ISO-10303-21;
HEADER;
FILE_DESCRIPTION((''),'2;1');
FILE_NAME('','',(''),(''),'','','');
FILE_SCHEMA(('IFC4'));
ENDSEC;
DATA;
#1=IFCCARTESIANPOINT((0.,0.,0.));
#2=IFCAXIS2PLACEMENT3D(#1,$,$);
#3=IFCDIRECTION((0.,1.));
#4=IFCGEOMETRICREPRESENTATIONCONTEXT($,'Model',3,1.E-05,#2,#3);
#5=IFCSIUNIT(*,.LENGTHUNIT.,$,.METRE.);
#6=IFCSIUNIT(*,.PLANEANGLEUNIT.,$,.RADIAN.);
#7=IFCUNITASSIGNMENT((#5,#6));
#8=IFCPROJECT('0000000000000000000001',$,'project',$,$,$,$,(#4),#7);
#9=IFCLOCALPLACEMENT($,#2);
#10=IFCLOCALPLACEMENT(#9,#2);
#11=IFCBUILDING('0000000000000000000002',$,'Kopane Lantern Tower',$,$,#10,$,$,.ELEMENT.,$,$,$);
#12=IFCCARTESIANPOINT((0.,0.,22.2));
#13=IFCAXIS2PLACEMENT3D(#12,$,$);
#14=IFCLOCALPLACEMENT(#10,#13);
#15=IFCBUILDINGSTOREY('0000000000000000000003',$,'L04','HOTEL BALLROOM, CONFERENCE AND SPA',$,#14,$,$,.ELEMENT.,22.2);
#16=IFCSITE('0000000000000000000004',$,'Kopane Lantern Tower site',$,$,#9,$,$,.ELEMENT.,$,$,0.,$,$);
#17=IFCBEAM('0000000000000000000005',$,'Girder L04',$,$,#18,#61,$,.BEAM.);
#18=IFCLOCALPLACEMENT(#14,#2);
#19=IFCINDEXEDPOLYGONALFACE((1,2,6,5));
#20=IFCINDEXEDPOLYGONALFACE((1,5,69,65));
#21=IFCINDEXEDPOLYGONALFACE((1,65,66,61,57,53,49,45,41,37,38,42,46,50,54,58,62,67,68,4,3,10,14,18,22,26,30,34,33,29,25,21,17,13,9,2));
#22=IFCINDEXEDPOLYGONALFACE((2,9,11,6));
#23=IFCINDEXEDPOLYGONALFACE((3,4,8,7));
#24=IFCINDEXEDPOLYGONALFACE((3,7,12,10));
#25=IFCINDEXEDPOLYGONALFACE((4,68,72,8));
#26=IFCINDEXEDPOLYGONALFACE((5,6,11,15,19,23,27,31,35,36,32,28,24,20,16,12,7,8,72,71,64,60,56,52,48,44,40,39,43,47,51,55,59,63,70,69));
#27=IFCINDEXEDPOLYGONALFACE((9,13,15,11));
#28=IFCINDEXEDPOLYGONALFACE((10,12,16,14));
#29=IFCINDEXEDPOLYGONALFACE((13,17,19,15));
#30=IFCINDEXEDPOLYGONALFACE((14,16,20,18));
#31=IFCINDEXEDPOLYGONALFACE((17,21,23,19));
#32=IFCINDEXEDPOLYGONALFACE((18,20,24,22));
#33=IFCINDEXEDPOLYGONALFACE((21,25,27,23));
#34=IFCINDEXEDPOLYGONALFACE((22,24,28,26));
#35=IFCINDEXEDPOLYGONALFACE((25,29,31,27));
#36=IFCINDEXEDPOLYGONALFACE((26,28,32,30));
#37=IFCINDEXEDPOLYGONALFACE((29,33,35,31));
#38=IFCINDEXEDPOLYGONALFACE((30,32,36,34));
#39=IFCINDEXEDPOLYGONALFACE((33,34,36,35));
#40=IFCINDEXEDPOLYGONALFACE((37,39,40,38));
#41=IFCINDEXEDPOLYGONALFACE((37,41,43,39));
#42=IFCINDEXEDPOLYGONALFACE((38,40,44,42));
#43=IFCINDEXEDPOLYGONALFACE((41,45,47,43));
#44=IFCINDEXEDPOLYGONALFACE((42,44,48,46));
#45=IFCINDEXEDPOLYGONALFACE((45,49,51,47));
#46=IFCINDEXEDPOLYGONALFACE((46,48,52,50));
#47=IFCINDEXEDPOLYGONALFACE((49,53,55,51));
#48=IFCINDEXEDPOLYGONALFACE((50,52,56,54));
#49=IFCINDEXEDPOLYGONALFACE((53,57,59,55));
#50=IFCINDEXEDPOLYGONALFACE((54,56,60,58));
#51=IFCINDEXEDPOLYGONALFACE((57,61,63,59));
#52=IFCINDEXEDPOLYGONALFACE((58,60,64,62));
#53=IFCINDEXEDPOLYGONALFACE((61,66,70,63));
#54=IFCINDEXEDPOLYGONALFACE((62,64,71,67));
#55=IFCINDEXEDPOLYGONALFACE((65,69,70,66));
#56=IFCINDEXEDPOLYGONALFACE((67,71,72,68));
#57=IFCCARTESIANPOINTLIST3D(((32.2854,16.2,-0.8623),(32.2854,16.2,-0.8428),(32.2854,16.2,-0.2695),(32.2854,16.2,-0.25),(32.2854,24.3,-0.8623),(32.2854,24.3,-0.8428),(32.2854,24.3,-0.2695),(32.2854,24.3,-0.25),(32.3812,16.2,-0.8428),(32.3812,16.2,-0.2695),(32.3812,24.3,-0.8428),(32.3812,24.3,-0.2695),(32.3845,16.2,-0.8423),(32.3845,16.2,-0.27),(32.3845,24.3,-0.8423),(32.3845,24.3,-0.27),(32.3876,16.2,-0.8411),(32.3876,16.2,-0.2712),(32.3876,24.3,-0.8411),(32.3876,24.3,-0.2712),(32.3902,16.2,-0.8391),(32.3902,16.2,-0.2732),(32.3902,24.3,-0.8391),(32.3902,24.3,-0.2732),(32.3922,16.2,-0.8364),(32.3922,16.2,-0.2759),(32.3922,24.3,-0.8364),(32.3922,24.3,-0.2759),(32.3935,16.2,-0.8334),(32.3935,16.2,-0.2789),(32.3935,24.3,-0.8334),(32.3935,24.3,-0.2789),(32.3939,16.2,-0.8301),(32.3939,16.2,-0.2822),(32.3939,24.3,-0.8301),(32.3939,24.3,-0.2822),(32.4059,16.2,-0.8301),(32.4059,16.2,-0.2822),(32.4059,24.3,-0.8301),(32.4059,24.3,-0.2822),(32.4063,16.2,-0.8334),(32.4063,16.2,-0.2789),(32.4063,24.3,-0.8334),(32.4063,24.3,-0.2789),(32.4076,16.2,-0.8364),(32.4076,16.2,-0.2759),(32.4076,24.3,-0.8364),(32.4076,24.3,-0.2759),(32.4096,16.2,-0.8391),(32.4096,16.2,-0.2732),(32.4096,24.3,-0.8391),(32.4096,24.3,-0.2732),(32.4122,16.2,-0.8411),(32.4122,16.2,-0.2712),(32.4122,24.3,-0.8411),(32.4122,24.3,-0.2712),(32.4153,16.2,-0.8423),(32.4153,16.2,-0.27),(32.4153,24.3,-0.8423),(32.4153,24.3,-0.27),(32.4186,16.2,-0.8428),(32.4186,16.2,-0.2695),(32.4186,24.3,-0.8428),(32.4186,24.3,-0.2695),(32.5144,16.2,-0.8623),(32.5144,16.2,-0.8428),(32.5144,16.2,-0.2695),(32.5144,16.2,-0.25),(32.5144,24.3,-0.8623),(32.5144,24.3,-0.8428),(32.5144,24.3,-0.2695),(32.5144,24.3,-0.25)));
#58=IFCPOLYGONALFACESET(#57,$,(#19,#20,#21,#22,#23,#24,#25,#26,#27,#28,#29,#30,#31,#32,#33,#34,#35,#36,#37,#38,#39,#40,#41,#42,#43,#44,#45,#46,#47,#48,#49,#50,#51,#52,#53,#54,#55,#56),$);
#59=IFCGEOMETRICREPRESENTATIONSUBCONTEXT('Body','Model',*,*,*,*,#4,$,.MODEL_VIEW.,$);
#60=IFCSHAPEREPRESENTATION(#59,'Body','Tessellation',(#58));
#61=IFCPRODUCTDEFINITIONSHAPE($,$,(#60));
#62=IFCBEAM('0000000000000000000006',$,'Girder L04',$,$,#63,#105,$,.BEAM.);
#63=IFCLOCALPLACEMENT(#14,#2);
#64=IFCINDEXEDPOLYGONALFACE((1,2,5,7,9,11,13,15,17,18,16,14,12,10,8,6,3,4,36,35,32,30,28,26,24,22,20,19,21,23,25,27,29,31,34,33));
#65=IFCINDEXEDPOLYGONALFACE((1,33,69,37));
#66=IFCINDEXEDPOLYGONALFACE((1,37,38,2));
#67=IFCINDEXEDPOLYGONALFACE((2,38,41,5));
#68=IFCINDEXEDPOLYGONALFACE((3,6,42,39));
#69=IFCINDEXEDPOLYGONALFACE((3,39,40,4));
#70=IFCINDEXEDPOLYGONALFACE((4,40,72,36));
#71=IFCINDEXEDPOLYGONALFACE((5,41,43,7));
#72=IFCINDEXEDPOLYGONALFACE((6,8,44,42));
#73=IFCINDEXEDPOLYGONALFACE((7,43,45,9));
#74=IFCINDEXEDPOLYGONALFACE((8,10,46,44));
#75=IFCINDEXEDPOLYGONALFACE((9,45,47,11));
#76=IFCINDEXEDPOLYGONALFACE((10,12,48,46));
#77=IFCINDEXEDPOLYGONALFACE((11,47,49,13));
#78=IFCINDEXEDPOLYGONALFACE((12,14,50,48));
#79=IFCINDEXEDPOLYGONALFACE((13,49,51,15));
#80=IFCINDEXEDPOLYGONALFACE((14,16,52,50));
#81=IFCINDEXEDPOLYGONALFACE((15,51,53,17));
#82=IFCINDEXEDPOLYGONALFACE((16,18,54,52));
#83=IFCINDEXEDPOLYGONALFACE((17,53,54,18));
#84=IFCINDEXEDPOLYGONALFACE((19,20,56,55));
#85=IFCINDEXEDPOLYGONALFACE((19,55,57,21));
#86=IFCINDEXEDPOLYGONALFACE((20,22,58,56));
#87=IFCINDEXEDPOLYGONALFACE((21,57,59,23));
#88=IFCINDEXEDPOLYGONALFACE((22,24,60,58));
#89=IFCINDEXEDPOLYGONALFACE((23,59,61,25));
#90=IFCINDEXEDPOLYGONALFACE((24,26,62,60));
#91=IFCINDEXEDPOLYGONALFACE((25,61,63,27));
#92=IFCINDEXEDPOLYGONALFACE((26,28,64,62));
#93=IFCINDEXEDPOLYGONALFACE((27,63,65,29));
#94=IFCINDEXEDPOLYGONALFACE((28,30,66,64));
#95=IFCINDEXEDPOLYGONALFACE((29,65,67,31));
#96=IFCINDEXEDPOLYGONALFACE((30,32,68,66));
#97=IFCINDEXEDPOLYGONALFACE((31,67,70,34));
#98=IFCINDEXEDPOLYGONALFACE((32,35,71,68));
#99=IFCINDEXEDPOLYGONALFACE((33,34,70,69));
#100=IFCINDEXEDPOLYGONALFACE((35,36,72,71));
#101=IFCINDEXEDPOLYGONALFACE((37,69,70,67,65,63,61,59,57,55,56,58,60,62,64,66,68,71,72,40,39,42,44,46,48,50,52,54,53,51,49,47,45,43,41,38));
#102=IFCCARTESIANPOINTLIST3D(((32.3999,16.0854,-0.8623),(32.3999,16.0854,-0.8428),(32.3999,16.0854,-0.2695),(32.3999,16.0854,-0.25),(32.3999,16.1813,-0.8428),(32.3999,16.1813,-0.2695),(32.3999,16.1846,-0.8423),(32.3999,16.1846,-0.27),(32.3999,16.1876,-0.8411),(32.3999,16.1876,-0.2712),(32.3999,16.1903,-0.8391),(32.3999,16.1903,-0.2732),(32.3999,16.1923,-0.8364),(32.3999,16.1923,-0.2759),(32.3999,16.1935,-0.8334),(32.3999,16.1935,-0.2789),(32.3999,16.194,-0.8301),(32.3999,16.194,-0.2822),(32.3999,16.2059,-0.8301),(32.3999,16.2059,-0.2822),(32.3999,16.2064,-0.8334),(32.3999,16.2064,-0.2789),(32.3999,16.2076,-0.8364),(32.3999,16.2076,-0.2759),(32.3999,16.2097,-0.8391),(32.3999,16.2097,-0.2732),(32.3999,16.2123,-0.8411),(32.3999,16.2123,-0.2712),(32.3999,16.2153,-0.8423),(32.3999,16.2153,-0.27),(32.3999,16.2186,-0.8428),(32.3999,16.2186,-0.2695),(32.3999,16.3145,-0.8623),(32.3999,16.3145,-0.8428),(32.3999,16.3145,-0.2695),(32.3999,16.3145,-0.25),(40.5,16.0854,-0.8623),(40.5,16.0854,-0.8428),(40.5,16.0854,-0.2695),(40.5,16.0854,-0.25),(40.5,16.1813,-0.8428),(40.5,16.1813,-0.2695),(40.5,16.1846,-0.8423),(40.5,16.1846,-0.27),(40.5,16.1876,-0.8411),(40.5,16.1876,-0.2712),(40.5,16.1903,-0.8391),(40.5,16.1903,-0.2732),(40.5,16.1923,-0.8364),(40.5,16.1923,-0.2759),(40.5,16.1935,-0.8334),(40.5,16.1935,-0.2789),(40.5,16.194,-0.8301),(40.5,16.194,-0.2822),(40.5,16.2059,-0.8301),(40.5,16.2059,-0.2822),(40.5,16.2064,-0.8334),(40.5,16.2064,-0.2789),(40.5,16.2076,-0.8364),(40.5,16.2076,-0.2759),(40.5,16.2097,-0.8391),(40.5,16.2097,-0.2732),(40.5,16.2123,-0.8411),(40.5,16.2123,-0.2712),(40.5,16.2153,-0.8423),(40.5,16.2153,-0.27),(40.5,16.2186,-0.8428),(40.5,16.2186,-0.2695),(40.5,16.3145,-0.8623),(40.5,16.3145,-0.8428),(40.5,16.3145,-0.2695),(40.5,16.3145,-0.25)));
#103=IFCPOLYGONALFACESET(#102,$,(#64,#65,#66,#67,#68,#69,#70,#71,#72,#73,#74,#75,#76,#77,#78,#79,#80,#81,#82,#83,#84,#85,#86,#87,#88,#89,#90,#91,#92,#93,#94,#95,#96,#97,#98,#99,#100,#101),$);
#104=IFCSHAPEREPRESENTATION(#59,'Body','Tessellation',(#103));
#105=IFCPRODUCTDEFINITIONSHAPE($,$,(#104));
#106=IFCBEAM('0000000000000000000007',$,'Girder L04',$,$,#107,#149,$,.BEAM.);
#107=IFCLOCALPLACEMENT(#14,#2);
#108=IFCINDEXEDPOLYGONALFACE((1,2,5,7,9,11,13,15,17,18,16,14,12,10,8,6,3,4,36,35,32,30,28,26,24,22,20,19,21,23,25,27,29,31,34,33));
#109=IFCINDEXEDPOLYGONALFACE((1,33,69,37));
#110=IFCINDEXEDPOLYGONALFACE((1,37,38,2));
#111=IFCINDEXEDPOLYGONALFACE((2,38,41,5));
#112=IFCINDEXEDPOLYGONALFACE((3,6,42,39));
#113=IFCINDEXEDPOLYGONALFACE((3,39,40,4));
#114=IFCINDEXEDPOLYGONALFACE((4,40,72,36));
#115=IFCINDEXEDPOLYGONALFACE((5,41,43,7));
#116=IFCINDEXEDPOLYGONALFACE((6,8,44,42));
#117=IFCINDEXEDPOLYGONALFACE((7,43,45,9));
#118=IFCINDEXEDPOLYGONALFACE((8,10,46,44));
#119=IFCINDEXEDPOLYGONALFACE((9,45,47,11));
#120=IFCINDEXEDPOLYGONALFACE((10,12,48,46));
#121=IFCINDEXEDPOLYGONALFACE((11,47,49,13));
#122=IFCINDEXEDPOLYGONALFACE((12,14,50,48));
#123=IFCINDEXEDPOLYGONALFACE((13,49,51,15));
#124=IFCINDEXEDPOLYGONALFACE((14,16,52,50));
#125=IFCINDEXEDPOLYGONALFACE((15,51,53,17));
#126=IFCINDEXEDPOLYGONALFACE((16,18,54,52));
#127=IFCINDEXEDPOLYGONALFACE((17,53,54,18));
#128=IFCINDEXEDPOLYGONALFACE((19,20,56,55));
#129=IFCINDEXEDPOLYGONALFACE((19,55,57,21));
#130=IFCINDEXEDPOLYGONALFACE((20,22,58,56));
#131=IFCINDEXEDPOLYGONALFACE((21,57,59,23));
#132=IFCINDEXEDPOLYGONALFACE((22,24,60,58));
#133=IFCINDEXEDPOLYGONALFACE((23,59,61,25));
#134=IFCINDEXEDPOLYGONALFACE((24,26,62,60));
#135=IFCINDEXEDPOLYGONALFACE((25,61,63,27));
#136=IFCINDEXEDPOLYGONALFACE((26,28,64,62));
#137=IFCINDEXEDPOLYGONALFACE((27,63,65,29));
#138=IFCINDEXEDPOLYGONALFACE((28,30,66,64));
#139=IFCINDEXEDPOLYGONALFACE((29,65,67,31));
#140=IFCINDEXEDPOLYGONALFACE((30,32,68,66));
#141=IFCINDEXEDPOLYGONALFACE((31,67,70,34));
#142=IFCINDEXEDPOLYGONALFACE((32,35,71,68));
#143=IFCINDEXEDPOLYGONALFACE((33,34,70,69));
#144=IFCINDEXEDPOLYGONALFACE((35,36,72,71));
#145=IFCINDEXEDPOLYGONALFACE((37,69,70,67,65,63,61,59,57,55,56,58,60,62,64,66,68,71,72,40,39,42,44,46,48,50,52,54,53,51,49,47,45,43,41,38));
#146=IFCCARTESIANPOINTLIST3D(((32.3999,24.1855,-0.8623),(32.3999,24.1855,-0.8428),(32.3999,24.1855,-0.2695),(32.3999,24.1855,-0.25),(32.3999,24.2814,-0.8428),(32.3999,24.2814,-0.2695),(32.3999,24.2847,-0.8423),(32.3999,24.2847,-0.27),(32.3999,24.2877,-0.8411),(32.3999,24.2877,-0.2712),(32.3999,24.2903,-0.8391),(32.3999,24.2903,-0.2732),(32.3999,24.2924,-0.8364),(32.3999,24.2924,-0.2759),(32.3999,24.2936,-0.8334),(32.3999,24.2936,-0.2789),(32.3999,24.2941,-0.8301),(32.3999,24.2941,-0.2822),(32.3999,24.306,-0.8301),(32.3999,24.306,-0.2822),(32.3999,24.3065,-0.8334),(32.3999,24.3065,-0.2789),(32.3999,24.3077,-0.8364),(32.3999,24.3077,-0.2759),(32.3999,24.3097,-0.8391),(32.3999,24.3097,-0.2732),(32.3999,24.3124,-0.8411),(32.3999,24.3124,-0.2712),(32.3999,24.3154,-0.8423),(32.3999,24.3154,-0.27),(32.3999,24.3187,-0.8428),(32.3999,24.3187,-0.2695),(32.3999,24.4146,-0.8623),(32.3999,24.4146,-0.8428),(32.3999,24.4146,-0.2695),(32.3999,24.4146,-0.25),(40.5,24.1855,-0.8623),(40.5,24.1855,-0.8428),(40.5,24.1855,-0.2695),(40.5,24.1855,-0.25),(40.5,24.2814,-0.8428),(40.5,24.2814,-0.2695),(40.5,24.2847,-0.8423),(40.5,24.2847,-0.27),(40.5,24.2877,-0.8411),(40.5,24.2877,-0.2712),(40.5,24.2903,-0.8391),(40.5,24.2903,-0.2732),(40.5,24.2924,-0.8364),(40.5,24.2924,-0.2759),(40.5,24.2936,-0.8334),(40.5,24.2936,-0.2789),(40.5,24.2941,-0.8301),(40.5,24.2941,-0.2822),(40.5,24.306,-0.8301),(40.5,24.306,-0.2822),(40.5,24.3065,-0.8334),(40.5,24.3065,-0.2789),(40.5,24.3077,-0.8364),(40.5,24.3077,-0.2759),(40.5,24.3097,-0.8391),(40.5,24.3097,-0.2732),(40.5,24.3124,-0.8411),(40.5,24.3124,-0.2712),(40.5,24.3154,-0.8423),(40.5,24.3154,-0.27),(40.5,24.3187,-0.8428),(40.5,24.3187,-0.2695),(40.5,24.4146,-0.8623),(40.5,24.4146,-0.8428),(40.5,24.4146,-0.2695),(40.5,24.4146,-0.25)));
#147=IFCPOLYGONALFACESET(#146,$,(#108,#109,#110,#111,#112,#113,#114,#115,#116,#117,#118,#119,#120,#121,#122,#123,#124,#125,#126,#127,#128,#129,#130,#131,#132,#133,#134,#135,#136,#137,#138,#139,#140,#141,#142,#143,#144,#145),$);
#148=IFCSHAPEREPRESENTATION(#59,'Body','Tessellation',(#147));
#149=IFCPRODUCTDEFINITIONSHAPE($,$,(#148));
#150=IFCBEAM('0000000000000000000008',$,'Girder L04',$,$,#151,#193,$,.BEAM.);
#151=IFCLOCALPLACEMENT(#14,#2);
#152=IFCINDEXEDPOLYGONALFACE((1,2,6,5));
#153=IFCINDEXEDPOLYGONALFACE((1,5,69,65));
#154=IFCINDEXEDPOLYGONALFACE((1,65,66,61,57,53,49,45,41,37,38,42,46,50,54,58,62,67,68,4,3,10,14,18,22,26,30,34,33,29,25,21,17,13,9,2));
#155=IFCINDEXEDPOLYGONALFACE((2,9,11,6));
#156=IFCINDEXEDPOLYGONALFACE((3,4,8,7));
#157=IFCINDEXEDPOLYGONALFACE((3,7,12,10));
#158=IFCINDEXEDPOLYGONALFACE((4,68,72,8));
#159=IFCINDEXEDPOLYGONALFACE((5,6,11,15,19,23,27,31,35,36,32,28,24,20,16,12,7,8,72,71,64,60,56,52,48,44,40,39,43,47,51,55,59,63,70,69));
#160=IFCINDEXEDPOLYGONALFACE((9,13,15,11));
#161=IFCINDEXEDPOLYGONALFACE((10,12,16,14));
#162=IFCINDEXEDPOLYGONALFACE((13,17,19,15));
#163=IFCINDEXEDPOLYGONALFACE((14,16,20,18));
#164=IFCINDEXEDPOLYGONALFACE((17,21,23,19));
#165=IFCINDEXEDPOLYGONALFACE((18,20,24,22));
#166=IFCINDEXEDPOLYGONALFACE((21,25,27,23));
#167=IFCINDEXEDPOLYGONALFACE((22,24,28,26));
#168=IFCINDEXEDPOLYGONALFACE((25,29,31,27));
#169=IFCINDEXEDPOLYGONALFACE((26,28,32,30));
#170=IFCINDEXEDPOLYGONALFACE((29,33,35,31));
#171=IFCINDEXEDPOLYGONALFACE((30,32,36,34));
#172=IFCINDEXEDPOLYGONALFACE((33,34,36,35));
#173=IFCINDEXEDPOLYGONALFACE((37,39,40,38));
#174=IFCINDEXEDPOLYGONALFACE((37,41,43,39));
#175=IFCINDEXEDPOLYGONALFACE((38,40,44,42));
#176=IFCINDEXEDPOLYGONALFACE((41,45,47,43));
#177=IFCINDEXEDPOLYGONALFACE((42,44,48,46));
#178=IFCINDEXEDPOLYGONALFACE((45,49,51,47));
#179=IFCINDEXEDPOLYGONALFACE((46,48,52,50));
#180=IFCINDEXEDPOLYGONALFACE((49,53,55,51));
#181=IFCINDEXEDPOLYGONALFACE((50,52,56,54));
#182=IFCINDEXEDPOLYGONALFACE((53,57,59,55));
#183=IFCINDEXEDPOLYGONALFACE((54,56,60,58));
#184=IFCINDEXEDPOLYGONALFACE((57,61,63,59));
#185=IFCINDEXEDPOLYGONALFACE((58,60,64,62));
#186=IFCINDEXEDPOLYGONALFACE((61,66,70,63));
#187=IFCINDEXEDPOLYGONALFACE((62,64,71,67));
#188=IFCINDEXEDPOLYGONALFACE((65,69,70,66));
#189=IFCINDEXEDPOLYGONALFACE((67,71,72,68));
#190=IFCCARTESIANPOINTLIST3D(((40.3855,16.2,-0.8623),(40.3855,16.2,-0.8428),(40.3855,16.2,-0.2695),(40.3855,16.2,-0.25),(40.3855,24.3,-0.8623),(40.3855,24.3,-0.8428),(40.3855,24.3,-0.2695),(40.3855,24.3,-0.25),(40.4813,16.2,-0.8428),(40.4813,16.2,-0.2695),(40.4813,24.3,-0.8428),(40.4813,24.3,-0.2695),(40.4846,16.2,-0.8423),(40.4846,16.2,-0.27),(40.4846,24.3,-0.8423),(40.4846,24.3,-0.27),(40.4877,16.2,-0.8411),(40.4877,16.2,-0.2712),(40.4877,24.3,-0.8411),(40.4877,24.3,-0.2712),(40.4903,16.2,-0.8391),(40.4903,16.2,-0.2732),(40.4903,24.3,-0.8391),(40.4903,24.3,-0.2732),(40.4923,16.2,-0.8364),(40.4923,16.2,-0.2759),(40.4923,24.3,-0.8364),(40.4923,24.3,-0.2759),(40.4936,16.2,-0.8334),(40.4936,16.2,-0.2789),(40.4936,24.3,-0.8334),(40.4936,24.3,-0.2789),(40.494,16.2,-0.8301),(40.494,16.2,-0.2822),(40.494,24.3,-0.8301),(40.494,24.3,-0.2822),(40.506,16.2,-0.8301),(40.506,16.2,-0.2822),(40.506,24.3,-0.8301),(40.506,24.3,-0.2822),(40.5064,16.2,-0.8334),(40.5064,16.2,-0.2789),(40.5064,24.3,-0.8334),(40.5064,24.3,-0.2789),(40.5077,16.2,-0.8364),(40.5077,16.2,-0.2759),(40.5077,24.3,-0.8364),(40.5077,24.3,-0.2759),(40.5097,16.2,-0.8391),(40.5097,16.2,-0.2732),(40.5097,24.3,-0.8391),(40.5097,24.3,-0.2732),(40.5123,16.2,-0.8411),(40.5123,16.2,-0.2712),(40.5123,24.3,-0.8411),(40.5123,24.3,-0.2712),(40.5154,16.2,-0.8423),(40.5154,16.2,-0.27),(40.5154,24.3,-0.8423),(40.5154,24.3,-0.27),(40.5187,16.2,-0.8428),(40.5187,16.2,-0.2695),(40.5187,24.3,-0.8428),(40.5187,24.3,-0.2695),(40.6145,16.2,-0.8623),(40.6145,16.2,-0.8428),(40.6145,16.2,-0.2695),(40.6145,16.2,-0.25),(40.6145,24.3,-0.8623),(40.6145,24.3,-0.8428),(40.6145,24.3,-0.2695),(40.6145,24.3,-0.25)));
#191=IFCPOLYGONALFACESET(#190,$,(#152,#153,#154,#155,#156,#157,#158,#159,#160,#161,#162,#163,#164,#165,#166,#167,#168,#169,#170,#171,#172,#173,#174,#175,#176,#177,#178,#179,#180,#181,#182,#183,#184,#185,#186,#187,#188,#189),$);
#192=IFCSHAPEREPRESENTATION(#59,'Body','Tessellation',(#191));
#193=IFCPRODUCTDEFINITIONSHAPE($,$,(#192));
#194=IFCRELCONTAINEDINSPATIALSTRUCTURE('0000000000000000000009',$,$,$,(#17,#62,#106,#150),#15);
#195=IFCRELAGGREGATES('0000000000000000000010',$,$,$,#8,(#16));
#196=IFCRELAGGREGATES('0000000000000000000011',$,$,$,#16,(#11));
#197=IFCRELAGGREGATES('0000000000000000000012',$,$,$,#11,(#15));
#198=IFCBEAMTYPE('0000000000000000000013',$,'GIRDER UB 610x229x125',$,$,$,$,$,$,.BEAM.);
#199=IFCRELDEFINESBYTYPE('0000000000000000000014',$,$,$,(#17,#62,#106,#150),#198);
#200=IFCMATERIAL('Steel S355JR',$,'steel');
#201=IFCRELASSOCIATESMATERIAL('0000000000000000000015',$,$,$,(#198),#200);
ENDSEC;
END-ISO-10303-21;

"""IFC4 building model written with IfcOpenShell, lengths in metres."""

from ifc_helpers import new_model, si_unit, direction, frame, origin, origin_2d, place, context, subcontext, project, spatial, i_section, extrude, material, material_profile, profile_set, type_object, element, save


model = new_model("IFC4")

# Units and contexts
model_context = context("Model", 3, precision=1e-05, world=origin(), true_north=direction((0.0, 1.0)))
body_context = subcontext(model_context, "Body", "Model", "MODEL_VIEW")
ifc_project = project(units=[si_unit("LENGTHUNIT", "METRE"), si_unit("PLANEANGLEUNIT", "RADIAN")], contexts=[model_context])

# Site, building, storey
site_placement = place(None, origin())
site = spatial("IfcSite", under=ifc_project, at=site_placement, Name="Kopane Lantern Tower site", CompositionType="ELEMENT", RefElevation=0.0)
building_placement = place(site_placement, origin())
building = spatial("IfcBuilding", under=site, at=building_placement, Name="Kopane Lantern Tower", CompositionType="ELEMENT")
storey_placement = place(building_placement, frame((0.0, 0.0, 22.2)))
storey = spatial("IfcBuildingStorey", under=building, at=storey_placement, Name="L04", Description="HOTEL BALLROOM, CONFERENCE AND SPA", CompositionType="ELEMENT", Elevation=22.2)

# Beams
ifc_material_1 = material(Name="Steel S355JR", Category="steel")
ifc_material_profile_1 = material_profile(ifc_material_1, i_section(OverallWidth=0.229, OverallDepth=0.6123, WebThickness=0.012, FlangeThickness=0.0195, FilletRadius=0.0127, at=origin_2d()), Name="UB 610x229x125")
ifc_profile_set_1 = profile_set([ifc_material_profile_1], Name="Steel S355JR")
beam_type_1 = type_object("IfcBeamType", Name="GIRDER UB 610x229x125", PredefinedType="BEAM", material=ifc_profile_set_1)
for number, where, z_axis, x_axis, name in (
    (1, (32.3999, 16.2, -0.5562), (0.0, 1.0, 0.0), (-1.0, 0.0, 0.0), "Girder L04"),
    (2, (32.3999, 16.2, -0.5562), (1.0, 0.0, 0.0), (0.0, 1.0, 0.0), "Girder L04"),
    (3, (32.3999, 24.3, -0.5562), (1.0, 0.0, 0.0), (0.0, 1.0, 0.0), "Girder L04"),
    (4, (40.5, 16.2, -0.5562), (0.0, 1.0, 0.0), (-1.0, 0.0, 0.0), "Girder L04"),
):
    element("IfcBeam", number, at=place(storey_placement, frame(where, z_axis=z_axis, x_axis=x_axis)), inside=storey, type_object=beam_type_1, Name=name, PredefinedType="BEAM", context=body_context, shape_type="SweptSolid", body=[
        extrude(i_section(OverallWidth=0.229, OverallDepth=0.6123, WebThickness=0.012, FlangeThickness=0.0195, FilletRadius=0.0127, at=origin_2d()), origin(), (0.0, 0.0, 1.0), 8.1001),
    ])

save(model, "model.ifc")
